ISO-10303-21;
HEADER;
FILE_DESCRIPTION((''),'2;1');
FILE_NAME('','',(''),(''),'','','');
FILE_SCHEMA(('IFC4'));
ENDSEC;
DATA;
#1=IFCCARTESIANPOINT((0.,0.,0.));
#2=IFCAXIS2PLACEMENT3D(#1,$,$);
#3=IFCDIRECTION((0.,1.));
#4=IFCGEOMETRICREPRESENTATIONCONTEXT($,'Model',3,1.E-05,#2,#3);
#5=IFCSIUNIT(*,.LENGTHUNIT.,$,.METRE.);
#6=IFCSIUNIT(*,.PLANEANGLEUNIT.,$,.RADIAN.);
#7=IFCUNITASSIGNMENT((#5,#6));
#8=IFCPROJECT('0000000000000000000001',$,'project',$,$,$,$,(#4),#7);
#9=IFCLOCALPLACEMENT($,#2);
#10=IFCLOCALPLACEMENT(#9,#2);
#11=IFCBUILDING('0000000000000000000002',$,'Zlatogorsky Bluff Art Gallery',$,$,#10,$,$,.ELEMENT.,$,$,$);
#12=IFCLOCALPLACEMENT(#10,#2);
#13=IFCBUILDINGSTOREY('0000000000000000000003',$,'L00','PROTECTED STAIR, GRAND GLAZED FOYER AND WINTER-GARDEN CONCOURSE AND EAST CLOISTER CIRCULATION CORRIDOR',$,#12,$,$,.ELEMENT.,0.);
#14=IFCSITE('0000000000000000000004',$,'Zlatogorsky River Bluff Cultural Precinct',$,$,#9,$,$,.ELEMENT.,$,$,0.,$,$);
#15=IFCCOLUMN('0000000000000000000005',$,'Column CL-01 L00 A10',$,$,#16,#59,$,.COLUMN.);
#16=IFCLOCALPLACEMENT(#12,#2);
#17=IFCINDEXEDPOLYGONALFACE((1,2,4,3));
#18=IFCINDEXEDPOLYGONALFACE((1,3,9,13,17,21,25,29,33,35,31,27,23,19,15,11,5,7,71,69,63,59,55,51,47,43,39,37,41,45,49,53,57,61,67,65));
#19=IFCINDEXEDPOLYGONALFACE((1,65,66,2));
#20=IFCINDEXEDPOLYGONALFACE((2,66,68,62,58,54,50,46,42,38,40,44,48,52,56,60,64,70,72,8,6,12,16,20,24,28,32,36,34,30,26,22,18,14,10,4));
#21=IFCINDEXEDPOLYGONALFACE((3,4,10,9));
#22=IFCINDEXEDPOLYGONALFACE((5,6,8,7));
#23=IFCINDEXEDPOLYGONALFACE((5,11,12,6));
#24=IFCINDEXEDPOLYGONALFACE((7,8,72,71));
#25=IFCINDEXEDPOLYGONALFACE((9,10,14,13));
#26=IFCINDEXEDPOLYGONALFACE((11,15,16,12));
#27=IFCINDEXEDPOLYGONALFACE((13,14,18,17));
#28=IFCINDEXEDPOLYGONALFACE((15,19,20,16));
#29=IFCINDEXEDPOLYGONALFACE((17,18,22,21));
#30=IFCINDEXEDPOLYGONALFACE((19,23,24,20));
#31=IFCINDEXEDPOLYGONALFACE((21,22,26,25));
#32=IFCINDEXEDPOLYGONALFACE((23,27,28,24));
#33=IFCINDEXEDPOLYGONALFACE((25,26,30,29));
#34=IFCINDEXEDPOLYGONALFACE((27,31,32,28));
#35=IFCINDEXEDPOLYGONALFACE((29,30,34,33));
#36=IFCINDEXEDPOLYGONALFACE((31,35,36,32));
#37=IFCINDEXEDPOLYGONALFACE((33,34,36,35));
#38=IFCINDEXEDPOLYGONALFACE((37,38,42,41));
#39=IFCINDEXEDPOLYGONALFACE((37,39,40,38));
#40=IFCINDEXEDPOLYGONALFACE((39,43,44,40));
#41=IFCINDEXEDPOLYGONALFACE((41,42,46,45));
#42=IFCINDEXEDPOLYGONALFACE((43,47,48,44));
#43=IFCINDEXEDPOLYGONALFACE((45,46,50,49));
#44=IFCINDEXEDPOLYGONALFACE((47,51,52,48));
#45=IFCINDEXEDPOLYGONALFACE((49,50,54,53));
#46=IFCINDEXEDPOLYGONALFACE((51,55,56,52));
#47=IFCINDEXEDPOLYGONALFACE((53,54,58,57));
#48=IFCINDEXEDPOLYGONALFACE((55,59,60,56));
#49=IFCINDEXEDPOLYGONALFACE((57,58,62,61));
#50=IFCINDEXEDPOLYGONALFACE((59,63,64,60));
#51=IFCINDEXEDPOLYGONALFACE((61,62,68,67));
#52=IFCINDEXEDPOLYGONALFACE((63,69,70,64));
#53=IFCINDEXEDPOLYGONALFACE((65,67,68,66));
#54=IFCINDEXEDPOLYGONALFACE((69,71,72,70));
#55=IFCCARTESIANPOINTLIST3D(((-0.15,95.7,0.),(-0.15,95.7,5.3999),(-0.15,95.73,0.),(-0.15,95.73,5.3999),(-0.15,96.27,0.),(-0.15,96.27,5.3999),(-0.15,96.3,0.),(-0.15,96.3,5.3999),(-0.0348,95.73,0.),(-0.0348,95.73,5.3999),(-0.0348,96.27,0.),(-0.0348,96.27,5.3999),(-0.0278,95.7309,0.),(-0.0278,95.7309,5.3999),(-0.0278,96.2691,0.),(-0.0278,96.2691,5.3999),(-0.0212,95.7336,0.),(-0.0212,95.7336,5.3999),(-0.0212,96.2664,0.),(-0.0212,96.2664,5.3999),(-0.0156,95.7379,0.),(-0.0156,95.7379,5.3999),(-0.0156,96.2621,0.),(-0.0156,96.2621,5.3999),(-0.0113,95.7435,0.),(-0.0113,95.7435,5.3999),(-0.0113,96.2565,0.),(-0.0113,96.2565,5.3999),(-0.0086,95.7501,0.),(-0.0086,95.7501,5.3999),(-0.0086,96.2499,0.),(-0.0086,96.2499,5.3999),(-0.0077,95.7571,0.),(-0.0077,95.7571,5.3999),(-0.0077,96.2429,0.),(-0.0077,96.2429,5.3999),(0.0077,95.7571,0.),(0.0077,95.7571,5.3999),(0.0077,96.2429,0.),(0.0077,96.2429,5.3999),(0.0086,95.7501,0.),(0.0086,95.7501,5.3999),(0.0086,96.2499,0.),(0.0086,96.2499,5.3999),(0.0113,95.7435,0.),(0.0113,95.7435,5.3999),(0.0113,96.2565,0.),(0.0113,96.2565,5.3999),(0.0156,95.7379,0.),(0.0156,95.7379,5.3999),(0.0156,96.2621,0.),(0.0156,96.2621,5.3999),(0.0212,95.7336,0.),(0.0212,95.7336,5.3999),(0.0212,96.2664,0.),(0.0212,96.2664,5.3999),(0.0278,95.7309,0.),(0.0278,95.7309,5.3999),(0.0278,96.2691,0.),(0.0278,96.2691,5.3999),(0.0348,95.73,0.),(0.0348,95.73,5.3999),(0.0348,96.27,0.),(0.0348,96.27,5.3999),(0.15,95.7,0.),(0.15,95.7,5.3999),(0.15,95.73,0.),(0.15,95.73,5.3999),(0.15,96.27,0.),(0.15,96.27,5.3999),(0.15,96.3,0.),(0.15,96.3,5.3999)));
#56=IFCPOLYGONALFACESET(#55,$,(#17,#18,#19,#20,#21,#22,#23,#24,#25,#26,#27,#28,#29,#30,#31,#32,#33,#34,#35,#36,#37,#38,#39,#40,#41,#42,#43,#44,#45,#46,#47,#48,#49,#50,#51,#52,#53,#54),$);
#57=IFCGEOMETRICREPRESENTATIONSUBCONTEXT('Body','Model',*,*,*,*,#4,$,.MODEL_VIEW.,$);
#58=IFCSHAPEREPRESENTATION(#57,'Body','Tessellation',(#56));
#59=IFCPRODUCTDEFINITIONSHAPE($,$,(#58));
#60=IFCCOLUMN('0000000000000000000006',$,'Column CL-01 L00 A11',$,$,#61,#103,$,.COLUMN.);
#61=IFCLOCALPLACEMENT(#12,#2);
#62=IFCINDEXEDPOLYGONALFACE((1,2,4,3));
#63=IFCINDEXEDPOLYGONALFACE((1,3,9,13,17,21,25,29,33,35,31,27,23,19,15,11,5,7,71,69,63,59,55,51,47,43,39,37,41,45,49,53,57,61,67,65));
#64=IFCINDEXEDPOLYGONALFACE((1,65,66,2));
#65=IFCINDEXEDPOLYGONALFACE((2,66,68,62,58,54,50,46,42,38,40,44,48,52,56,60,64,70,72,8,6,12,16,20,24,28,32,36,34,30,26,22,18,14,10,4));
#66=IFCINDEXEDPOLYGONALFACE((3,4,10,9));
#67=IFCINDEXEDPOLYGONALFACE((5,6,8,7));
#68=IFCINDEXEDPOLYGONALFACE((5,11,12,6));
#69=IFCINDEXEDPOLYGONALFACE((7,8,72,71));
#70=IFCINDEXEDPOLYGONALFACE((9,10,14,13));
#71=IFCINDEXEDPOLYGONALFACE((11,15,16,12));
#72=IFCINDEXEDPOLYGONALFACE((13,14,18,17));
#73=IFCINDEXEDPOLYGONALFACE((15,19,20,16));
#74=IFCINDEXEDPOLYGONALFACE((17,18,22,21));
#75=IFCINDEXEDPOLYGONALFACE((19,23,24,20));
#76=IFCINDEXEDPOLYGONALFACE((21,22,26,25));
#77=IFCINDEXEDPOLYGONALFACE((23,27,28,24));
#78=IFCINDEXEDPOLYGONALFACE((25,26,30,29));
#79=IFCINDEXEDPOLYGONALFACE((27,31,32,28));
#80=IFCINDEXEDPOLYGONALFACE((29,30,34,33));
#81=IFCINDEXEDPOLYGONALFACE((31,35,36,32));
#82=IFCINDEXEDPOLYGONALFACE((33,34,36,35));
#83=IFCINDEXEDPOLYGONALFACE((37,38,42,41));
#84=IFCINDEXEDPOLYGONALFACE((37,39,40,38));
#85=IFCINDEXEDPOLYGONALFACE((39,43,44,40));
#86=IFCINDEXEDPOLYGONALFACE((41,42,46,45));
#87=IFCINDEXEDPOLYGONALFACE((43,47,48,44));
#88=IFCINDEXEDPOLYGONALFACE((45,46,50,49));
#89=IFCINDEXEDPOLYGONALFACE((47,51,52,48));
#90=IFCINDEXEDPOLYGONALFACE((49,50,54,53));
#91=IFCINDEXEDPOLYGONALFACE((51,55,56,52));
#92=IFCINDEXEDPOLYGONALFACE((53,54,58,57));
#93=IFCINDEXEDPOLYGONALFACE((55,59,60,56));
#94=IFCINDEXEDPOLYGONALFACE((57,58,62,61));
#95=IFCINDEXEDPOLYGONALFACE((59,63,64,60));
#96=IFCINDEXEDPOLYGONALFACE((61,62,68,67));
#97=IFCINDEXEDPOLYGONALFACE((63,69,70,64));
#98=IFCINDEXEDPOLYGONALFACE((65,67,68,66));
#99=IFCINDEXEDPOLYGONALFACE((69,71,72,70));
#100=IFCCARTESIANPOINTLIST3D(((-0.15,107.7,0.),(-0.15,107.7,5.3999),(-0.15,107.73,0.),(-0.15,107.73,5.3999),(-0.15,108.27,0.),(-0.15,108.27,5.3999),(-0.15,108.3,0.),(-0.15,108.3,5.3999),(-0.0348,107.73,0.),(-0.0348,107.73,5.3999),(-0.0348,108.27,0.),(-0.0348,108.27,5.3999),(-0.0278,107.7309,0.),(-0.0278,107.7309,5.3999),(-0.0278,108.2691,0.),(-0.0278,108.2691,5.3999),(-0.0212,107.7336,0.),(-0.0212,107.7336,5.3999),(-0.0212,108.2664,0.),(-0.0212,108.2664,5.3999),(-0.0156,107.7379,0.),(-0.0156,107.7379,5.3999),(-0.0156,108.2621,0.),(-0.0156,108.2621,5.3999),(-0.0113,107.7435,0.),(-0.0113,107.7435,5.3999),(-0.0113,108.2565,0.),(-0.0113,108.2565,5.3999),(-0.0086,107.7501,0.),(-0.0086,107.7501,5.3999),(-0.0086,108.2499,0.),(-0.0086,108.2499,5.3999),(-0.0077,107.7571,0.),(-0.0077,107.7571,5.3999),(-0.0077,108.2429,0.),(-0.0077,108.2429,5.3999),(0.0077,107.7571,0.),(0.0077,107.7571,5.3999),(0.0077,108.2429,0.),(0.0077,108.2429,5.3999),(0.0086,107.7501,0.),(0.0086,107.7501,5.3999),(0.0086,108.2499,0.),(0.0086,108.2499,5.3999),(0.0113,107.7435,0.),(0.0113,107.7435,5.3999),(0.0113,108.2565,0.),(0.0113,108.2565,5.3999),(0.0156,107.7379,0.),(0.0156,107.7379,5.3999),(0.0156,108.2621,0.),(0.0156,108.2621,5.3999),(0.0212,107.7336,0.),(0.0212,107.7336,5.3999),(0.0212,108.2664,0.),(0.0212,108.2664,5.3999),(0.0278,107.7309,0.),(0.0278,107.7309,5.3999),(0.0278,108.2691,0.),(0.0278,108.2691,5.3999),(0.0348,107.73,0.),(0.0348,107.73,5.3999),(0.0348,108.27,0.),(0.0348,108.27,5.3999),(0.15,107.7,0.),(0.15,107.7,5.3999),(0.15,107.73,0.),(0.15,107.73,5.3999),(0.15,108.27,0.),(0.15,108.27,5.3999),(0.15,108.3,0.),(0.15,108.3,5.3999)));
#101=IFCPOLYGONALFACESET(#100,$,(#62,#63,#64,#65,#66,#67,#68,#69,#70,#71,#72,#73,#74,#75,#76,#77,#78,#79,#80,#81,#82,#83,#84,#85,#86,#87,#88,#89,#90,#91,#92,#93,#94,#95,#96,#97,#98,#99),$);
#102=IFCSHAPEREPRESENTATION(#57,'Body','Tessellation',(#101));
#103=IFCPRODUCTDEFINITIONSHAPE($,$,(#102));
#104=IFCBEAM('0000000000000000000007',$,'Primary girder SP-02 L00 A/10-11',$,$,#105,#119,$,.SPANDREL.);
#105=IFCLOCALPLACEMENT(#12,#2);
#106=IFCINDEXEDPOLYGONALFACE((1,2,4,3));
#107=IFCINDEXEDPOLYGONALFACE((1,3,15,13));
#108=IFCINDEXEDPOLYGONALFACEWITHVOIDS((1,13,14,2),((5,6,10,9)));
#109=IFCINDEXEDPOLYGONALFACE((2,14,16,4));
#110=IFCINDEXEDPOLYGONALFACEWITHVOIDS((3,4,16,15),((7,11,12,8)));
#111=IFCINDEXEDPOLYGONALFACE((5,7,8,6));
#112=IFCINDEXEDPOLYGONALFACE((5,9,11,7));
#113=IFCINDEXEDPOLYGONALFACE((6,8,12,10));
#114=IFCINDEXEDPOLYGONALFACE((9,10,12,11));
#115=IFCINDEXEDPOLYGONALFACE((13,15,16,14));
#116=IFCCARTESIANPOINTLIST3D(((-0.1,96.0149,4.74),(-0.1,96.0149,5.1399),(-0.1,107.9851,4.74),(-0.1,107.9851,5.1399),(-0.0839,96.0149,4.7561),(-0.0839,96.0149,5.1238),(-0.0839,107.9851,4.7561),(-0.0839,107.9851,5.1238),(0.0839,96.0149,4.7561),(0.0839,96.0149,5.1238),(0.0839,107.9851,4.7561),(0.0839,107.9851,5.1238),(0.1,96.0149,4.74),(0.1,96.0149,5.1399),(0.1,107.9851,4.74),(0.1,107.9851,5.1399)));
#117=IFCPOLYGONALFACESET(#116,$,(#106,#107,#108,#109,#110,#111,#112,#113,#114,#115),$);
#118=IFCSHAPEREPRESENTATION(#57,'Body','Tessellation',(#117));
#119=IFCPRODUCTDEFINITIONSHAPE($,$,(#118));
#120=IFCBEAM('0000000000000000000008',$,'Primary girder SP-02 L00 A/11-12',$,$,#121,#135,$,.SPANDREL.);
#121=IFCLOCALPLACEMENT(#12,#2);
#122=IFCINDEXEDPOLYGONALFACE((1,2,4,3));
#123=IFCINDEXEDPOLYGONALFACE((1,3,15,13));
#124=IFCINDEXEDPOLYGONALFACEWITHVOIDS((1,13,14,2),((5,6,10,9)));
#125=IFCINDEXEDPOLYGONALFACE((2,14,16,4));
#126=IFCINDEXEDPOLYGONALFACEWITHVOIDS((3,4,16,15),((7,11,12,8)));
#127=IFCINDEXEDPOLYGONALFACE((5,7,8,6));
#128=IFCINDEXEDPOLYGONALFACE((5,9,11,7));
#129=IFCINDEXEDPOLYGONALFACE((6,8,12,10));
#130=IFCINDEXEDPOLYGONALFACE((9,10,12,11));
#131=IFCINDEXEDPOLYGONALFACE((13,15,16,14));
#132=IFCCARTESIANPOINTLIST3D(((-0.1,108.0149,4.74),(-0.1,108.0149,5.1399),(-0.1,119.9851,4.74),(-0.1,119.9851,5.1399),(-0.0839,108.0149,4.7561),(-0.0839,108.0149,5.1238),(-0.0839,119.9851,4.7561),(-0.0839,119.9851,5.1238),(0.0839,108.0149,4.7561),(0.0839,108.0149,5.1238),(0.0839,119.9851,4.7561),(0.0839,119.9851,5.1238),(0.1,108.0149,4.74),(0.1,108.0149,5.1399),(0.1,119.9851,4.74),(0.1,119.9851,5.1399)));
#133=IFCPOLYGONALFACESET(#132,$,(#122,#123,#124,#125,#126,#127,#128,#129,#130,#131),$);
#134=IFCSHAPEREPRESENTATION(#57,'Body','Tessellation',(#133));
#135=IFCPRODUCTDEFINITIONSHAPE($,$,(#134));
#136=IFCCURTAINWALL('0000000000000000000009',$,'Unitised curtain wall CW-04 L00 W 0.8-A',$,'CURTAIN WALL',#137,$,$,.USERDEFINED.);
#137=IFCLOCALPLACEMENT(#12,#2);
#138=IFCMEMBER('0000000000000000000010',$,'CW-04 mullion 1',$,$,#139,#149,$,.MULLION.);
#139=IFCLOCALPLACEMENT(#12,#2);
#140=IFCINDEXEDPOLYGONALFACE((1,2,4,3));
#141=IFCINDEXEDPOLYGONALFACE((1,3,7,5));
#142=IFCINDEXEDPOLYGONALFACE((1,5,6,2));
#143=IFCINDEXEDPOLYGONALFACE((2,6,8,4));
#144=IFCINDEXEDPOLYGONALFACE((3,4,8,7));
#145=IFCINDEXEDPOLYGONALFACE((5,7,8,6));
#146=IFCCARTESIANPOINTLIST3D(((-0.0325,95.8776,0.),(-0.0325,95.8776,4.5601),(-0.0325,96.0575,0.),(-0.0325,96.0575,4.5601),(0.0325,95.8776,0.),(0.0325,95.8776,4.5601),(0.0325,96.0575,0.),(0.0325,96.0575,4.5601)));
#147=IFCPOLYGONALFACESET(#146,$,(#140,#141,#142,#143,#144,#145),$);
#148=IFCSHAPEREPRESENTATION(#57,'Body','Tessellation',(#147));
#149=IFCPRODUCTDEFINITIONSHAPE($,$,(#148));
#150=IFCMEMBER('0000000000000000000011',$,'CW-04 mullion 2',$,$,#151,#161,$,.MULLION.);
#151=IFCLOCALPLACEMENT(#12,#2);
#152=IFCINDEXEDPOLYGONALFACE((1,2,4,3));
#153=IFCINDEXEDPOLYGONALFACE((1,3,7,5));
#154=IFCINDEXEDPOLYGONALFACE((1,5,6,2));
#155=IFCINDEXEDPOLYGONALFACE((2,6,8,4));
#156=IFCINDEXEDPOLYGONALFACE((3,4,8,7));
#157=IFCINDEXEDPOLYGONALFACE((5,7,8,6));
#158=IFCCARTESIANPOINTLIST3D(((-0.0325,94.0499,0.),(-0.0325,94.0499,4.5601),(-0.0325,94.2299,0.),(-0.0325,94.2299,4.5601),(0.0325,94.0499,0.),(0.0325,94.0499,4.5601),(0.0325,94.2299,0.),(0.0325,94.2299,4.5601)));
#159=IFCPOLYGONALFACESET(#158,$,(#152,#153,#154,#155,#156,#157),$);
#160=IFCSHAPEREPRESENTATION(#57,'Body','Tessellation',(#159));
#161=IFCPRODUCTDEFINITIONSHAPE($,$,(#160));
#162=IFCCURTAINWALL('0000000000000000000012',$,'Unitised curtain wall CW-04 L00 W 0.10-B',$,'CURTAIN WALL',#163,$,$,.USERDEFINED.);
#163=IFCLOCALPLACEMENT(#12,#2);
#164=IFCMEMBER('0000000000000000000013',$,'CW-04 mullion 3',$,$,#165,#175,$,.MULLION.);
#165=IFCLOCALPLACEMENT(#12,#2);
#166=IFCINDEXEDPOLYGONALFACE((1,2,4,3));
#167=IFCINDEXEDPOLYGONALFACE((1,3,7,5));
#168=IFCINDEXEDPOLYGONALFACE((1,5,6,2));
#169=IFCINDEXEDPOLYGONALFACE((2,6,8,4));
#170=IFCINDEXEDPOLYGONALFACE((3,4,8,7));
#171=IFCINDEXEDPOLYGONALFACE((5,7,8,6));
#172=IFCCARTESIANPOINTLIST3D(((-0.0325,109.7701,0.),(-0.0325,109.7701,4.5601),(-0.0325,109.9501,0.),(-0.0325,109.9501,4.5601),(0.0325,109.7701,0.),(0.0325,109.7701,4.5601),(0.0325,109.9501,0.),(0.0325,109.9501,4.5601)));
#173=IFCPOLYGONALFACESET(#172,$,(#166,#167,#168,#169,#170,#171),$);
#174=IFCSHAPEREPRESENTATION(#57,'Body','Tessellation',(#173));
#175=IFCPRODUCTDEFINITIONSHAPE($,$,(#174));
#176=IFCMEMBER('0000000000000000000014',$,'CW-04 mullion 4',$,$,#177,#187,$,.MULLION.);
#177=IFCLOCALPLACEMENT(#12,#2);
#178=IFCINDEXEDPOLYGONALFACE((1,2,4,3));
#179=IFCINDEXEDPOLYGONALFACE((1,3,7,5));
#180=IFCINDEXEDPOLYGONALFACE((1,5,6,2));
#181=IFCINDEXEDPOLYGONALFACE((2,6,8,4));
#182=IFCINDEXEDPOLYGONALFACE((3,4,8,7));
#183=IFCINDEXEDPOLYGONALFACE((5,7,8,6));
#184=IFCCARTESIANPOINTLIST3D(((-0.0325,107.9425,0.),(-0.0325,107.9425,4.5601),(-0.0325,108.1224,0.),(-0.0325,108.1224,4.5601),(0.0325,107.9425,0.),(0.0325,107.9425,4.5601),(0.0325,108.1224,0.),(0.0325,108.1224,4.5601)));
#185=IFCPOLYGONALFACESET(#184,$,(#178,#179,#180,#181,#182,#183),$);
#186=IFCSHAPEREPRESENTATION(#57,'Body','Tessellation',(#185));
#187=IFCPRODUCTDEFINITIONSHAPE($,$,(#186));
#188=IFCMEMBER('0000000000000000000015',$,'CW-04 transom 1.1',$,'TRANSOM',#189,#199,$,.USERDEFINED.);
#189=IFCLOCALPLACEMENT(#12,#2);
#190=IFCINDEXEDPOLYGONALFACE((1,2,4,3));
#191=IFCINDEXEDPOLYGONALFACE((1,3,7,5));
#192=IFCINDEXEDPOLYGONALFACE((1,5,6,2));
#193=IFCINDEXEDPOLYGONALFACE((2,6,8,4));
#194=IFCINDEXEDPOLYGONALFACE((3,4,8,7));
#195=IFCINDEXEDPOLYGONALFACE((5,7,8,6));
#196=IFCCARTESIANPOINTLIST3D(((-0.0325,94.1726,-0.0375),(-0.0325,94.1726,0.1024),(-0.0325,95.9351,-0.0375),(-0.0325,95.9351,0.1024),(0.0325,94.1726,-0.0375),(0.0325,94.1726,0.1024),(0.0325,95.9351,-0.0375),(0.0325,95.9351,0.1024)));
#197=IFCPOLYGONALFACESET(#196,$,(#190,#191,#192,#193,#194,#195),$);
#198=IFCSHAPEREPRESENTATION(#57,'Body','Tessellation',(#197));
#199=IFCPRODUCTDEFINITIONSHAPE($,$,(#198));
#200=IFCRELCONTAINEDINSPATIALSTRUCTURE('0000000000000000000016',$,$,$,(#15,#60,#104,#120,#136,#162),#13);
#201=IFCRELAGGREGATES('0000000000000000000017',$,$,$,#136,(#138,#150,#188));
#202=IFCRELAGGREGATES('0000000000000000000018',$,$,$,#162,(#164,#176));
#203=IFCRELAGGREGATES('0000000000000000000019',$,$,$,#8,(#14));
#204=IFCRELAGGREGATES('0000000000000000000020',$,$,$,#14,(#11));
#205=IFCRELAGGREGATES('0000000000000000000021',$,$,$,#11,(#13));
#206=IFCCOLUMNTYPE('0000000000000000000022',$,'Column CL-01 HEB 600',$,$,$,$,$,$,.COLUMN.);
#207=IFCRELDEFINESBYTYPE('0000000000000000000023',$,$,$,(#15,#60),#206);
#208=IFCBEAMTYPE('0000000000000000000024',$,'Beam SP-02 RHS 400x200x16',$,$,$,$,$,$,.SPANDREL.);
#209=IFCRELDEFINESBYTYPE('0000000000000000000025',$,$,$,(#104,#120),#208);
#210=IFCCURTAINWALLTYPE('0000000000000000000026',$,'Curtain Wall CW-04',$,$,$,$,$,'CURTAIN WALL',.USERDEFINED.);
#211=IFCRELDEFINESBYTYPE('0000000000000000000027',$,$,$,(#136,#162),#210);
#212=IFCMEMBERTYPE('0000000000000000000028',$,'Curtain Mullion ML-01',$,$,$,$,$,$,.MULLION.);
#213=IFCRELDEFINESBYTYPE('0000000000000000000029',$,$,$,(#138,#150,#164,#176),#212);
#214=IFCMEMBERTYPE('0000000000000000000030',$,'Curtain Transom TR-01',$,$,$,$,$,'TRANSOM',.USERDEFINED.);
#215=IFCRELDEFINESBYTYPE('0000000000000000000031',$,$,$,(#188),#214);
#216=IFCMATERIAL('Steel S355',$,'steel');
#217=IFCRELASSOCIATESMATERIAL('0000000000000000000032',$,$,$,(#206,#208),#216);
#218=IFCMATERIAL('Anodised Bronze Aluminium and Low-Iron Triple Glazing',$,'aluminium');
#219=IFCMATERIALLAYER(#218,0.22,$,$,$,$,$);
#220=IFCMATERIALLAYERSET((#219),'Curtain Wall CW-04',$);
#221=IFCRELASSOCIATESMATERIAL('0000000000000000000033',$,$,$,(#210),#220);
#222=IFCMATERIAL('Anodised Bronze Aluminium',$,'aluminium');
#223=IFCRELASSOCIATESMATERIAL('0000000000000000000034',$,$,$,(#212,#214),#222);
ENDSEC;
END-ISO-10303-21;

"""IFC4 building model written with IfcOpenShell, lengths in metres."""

from ifc_helpers import new_model, si_unit, direction, frame, origin, origin_2d, place, context, subcontext, project, spatial, rectangle, hollow_rectangle, i_section, extrude, material, layer, layer_set, material_profile, profile_set, type_object, element, aggregate, save


model = new_model("IFC4")

# Units and contexts
model_context = context("Model", 3, precision=1e-05, world=origin(), true_north=direction((0.0, 1.0)))
body_context = subcontext(model_context, "Body", "Model", "MODEL_VIEW")
ifc_project = project(units=[si_unit("LENGTHUNIT", "METRE"), si_unit("PLANEANGLEUNIT", "RADIAN")], contexts=[model_context])

# Site, building, storey
site_placement = place(None, origin())
site = spatial("IfcSite", under=ifc_project, at=site_placement, Name="Zlatogorsky River Bluff Cultural Precinct", CompositionType="ELEMENT", RefElevation=0.0)
building_placement = place(site_placement, origin())
building = spatial("IfcBuilding", under=site, at=building_placement, Name="Zlatogorsky Bluff Art Gallery", CompositionType="ELEMENT")
storey_placement = place(building_placement, origin())
storey = spatial("IfcBuildingStorey", under=building, at=storey_placement, Name="L00", Description="PROTECTED STAIR, GRAND GLAZED FOYER AND WINTER-GARDEN CONCOURSE AND EAST CLOISTER CIRCULATION CORRIDOR", CompositionType="ELEMENT", Elevation=0.0)

# Columns
ifc_material_1 = material(Name="Steel S355", Category="steel")
ifc_material_profile_1 = material_profile(ifc_material_1, i_section(OverallWidth=0.3, OverallDepth=0.6001, WebThickness=0.0154, FlangeThickness=0.03, FilletRadius=0.0271, at=origin_2d()), Name="HEB 600")
ifc_profile_set_1 = profile_set([ifc_material_profile_1], Name="Steel S355")
column_type = type_object("IfcColumnType", Name="Column CL-01 HEB 600", PredefinedType="COLUMN", material=ifc_profile_set_1)
for number, where, z_axis, x_axis, name in (
    (1, (0.0, 96.0, 0.0), (0.0, 0.0, 1.0), (1.0, 0.0, 0.0), "Column CL-01 L00 A10"),
    (2, (0.0, 108.0, 0.0), (0.0, 0.0, 1.0), (1.0, 0.0, 0.0), "Column CL-01 L00 A11"),
):
    element("IfcColumn", number, at=place(storey_placement, frame(where, z_axis=z_axis, x_axis=x_axis)), inside=storey, type_object=column_type, Name=name, PredefinedType="COLUMN", context=body_context, shape_type="SweptSolid", body=[
        extrude(i_section(OverallWidth=0.3, OverallDepth=0.6001, WebThickness=0.0154, FlangeThickness=0.03, FilletRadius=0.0271, at=origin_2d()), origin(), (0.0, 0.0, 1.0), 5.3999),
    ])

# Beams
ifc_material_profile_2 = material_profile(ifc_material_1, hollow_rectangle(XDim=0.2, YDim=0.3999, WallThickness=0.0161, at=origin_2d()), Name="RHS 400x200x16")
ifc_profile_set_2 = profile_set([ifc_material_profile_2], Name="Steel S355")
beam_type = type_object("IfcBeamType", Name="Beam SP-02 RHS 400x200x16", PredefinedType="SPANDREL", material=ifc_profile_set_2)
for number, where, z_axis, x_axis, name in (
    (3, (0.0, 96.0149, 4.9399), (0.0, 1.0, 0.0), (-1.0, 0.0, 0.0), "Primary girder SP-02 L00 A/10-11"),
    (4, (0.0, 108.0149, 4.9399), (0.0, 1.0, 0.0), (-1.0, 0.0, 0.0), "Primary girder SP-02 L00 A/11-12"),
):
    element("IfcBeam", number, at=place(storey_placement, frame(where, z_axis=z_axis, x_axis=x_axis)), inside=storey, type_object=beam_type, Name=name, PredefinedType="SPANDREL", context=body_context, shape_type="SweptSolid", body=[
        extrude(hollow_rectangle(XDim=0.2, YDim=0.3999, WallThickness=0.0161, at=origin_2d()), origin(), (0.0, 0.0, 1.0), 11.9702),
    ])

# Curtain walls, members
ifc_material_2 = material(Name="Anodised Bronze Aluminium and Low-Iron Triple Glazing", Category="aluminium")
ifc_layer_1 = layer(ifc_material_2, 0.22)
ifc_layer_set_1 = layer_set([ifc_layer_1], Name="Curtain Wall CW-04")
curtain_wall_type = type_object("IfcCurtainWallType", Name="Curtain Wall CW-04", ElementType="CURTAIN WALL", PredefinedType="USERDEFINED", material=ifc_layer_set_1)
curtain_wall_1_placement = place(storey_placement, origin())
curtain_wall_1 = element("IfcCurtainWall", 5, at=curtain_wall_1_placement, inside=storey, type_object=curtain_wall_type, Name="Unitised curtain wall CW-04 L00 W 0.8-A", ObjectType="CURTAIN WALL", PredefinedType="USERDEFINED")
ifc_material_3 = material(Name="Anodised Bronze Aluminium", Category="aluminium")
ifc_material_profile_3 = material_profile(ifc_material_3, rectangle(XDim=0.0649, YDim=0.1799, at=origin_2d()), Name="ALU MULLION 65x180")
ifc_profile_set_3 = profile_set([ifc_material_profile_3], Name="Anodised Bronze Aluminium")
member_type_1 = type_object("IfcMemberType", Name="Curtain Mullion ML-01", PredefinedType="MULLION", material=ifc_profile_set_3)
member_1_placement = place(storey_placement, frame((0.0, 95.9675, 0.0), z_axis=(0.0, 0.0, 1.0), x_axis=(1.0, 0.0, 0.0)))
member_1 = element("IfcMember", 6, at=member_1_placement, type_object=member_type_1, Name="CW-04 mullion 1", PredefinedType="MULLION", context=body_context, shape_type="SweptSolid", body=[
    extrude(rectangle(XDim=0.0649, YDim=0.1799, at=origin_2d()), origin(), (0.0, 0.0, 1.0), 4.5601),
])
member_2_placement = place(storey_placement, frame((0.0, 94.1399, 0.0), z_axis=(0.0, 0.0, 1.0), x_axis=(1.0, 0.0, 0.0)))
member_2 = element("IfcMember", 7, at=member_2_placement, type_object=member_type_1, Name="CW-04 mullion 2", PredefinedType="MULLION", context=body_context, shape_type="SweptSolid", body=[
    extrude(rectangle(XDim=0.0649, YDim=0.1799, at=origin_2d()), origin(), (0.0, 0.0, 1.0), 4.5601),
])
curtain_wall_2_placement = place(storey_placement, origin())
curtain_wall_2 = element("IfcCurtainWall", 8, at=curtain_wall_2_placement, inside=storey, type_object=curtain_wall_type, Name="Unitised curtain wall CW-04 L00 W 0.10-B", ObjectType="CURTAIN WALL", PredefinedType="USERDEFINED")
member_3_placement = place(storey_placement, frame((0.0, 109.8601, 0.0), z_axis=(0.0, 0.0, 1.0), x_axis=(1.0, 0.0, 0.0)))
member_3 = element("IfcMember", 9, at=member_3_placement, type_object=member_type_1, Name="CW-04 mullion 3", PredefinedType="MULLION", context=body_context, shape_type="SweptSolid", body=[
    extrude(rectangle(XDim=0.0649, YDim=0.1799, at=origin_2d()), origin(), (0.0, 0.0, 1.0), 4.5601),
])
member_4_placement = place(storey_placement, frame((0.0, 108.0325, 0.0), z_axis=(0.0, 0.0, 1.0), x_axis=(1.0, 0.0, 0.0)))
member_4 = element("IfcMember", 10, at=member_4_placement, type_object=member_type_1, Name="CW-04 mullion 4", PredefinedType="MULLION", context=body_context, shape_type="SweptSolid", body=[
    extrude(rectangle(XDim=0.0649, YDim=0.1799, at=origin_2d()), origin(), (0.0, 0.0, 1.0), 4.5601),
])

# Member
ifc_material_profile_4 = material_profile(ifc_material_3, rectangle(XDim=0.0649, YDim=0.1399, at=origin_2d()), Name="ALU TRANSOM 65x140")
ifc_profile_set_4 = profile_set([ifc_material_profile_4], Name="Anodised Bronze Aluminium")
member_type_2 = type_object("IfcMemberType", Name="Curtain Transom TR-01", ElementType="TRANSOM", PredefinedType="USERDEFINED", material=ifc_profile_set_4)
member_5_placement = place(storey_placement, frame((0.0, 95.9351, 0.0325), z_axis=(0.0, -1.0, 0.0), x_axis=(1.0, 0.0, 0.0)))
member_5 = element("IfcMember", 11, at=member_5_placement, type_object=member_type_2, Name="CW-04 transom 1.1", ObjectType="TRANSOM", PredefinedType="USERDEFINED", context=body_context, shape_type="SweptSolid", body=[
    extrude(rectangle(XDim=0.0649, YDim=0.1399, at=origin_2d()), origin(), (0.0, 0.0, 1.0), 1.7625),
])

aggregate(curtain_wall_1, [member_1, member_2, member_5])
aggregate(curtain_wall_2, [member_3, member_4])

save(model, "model.ifc")
